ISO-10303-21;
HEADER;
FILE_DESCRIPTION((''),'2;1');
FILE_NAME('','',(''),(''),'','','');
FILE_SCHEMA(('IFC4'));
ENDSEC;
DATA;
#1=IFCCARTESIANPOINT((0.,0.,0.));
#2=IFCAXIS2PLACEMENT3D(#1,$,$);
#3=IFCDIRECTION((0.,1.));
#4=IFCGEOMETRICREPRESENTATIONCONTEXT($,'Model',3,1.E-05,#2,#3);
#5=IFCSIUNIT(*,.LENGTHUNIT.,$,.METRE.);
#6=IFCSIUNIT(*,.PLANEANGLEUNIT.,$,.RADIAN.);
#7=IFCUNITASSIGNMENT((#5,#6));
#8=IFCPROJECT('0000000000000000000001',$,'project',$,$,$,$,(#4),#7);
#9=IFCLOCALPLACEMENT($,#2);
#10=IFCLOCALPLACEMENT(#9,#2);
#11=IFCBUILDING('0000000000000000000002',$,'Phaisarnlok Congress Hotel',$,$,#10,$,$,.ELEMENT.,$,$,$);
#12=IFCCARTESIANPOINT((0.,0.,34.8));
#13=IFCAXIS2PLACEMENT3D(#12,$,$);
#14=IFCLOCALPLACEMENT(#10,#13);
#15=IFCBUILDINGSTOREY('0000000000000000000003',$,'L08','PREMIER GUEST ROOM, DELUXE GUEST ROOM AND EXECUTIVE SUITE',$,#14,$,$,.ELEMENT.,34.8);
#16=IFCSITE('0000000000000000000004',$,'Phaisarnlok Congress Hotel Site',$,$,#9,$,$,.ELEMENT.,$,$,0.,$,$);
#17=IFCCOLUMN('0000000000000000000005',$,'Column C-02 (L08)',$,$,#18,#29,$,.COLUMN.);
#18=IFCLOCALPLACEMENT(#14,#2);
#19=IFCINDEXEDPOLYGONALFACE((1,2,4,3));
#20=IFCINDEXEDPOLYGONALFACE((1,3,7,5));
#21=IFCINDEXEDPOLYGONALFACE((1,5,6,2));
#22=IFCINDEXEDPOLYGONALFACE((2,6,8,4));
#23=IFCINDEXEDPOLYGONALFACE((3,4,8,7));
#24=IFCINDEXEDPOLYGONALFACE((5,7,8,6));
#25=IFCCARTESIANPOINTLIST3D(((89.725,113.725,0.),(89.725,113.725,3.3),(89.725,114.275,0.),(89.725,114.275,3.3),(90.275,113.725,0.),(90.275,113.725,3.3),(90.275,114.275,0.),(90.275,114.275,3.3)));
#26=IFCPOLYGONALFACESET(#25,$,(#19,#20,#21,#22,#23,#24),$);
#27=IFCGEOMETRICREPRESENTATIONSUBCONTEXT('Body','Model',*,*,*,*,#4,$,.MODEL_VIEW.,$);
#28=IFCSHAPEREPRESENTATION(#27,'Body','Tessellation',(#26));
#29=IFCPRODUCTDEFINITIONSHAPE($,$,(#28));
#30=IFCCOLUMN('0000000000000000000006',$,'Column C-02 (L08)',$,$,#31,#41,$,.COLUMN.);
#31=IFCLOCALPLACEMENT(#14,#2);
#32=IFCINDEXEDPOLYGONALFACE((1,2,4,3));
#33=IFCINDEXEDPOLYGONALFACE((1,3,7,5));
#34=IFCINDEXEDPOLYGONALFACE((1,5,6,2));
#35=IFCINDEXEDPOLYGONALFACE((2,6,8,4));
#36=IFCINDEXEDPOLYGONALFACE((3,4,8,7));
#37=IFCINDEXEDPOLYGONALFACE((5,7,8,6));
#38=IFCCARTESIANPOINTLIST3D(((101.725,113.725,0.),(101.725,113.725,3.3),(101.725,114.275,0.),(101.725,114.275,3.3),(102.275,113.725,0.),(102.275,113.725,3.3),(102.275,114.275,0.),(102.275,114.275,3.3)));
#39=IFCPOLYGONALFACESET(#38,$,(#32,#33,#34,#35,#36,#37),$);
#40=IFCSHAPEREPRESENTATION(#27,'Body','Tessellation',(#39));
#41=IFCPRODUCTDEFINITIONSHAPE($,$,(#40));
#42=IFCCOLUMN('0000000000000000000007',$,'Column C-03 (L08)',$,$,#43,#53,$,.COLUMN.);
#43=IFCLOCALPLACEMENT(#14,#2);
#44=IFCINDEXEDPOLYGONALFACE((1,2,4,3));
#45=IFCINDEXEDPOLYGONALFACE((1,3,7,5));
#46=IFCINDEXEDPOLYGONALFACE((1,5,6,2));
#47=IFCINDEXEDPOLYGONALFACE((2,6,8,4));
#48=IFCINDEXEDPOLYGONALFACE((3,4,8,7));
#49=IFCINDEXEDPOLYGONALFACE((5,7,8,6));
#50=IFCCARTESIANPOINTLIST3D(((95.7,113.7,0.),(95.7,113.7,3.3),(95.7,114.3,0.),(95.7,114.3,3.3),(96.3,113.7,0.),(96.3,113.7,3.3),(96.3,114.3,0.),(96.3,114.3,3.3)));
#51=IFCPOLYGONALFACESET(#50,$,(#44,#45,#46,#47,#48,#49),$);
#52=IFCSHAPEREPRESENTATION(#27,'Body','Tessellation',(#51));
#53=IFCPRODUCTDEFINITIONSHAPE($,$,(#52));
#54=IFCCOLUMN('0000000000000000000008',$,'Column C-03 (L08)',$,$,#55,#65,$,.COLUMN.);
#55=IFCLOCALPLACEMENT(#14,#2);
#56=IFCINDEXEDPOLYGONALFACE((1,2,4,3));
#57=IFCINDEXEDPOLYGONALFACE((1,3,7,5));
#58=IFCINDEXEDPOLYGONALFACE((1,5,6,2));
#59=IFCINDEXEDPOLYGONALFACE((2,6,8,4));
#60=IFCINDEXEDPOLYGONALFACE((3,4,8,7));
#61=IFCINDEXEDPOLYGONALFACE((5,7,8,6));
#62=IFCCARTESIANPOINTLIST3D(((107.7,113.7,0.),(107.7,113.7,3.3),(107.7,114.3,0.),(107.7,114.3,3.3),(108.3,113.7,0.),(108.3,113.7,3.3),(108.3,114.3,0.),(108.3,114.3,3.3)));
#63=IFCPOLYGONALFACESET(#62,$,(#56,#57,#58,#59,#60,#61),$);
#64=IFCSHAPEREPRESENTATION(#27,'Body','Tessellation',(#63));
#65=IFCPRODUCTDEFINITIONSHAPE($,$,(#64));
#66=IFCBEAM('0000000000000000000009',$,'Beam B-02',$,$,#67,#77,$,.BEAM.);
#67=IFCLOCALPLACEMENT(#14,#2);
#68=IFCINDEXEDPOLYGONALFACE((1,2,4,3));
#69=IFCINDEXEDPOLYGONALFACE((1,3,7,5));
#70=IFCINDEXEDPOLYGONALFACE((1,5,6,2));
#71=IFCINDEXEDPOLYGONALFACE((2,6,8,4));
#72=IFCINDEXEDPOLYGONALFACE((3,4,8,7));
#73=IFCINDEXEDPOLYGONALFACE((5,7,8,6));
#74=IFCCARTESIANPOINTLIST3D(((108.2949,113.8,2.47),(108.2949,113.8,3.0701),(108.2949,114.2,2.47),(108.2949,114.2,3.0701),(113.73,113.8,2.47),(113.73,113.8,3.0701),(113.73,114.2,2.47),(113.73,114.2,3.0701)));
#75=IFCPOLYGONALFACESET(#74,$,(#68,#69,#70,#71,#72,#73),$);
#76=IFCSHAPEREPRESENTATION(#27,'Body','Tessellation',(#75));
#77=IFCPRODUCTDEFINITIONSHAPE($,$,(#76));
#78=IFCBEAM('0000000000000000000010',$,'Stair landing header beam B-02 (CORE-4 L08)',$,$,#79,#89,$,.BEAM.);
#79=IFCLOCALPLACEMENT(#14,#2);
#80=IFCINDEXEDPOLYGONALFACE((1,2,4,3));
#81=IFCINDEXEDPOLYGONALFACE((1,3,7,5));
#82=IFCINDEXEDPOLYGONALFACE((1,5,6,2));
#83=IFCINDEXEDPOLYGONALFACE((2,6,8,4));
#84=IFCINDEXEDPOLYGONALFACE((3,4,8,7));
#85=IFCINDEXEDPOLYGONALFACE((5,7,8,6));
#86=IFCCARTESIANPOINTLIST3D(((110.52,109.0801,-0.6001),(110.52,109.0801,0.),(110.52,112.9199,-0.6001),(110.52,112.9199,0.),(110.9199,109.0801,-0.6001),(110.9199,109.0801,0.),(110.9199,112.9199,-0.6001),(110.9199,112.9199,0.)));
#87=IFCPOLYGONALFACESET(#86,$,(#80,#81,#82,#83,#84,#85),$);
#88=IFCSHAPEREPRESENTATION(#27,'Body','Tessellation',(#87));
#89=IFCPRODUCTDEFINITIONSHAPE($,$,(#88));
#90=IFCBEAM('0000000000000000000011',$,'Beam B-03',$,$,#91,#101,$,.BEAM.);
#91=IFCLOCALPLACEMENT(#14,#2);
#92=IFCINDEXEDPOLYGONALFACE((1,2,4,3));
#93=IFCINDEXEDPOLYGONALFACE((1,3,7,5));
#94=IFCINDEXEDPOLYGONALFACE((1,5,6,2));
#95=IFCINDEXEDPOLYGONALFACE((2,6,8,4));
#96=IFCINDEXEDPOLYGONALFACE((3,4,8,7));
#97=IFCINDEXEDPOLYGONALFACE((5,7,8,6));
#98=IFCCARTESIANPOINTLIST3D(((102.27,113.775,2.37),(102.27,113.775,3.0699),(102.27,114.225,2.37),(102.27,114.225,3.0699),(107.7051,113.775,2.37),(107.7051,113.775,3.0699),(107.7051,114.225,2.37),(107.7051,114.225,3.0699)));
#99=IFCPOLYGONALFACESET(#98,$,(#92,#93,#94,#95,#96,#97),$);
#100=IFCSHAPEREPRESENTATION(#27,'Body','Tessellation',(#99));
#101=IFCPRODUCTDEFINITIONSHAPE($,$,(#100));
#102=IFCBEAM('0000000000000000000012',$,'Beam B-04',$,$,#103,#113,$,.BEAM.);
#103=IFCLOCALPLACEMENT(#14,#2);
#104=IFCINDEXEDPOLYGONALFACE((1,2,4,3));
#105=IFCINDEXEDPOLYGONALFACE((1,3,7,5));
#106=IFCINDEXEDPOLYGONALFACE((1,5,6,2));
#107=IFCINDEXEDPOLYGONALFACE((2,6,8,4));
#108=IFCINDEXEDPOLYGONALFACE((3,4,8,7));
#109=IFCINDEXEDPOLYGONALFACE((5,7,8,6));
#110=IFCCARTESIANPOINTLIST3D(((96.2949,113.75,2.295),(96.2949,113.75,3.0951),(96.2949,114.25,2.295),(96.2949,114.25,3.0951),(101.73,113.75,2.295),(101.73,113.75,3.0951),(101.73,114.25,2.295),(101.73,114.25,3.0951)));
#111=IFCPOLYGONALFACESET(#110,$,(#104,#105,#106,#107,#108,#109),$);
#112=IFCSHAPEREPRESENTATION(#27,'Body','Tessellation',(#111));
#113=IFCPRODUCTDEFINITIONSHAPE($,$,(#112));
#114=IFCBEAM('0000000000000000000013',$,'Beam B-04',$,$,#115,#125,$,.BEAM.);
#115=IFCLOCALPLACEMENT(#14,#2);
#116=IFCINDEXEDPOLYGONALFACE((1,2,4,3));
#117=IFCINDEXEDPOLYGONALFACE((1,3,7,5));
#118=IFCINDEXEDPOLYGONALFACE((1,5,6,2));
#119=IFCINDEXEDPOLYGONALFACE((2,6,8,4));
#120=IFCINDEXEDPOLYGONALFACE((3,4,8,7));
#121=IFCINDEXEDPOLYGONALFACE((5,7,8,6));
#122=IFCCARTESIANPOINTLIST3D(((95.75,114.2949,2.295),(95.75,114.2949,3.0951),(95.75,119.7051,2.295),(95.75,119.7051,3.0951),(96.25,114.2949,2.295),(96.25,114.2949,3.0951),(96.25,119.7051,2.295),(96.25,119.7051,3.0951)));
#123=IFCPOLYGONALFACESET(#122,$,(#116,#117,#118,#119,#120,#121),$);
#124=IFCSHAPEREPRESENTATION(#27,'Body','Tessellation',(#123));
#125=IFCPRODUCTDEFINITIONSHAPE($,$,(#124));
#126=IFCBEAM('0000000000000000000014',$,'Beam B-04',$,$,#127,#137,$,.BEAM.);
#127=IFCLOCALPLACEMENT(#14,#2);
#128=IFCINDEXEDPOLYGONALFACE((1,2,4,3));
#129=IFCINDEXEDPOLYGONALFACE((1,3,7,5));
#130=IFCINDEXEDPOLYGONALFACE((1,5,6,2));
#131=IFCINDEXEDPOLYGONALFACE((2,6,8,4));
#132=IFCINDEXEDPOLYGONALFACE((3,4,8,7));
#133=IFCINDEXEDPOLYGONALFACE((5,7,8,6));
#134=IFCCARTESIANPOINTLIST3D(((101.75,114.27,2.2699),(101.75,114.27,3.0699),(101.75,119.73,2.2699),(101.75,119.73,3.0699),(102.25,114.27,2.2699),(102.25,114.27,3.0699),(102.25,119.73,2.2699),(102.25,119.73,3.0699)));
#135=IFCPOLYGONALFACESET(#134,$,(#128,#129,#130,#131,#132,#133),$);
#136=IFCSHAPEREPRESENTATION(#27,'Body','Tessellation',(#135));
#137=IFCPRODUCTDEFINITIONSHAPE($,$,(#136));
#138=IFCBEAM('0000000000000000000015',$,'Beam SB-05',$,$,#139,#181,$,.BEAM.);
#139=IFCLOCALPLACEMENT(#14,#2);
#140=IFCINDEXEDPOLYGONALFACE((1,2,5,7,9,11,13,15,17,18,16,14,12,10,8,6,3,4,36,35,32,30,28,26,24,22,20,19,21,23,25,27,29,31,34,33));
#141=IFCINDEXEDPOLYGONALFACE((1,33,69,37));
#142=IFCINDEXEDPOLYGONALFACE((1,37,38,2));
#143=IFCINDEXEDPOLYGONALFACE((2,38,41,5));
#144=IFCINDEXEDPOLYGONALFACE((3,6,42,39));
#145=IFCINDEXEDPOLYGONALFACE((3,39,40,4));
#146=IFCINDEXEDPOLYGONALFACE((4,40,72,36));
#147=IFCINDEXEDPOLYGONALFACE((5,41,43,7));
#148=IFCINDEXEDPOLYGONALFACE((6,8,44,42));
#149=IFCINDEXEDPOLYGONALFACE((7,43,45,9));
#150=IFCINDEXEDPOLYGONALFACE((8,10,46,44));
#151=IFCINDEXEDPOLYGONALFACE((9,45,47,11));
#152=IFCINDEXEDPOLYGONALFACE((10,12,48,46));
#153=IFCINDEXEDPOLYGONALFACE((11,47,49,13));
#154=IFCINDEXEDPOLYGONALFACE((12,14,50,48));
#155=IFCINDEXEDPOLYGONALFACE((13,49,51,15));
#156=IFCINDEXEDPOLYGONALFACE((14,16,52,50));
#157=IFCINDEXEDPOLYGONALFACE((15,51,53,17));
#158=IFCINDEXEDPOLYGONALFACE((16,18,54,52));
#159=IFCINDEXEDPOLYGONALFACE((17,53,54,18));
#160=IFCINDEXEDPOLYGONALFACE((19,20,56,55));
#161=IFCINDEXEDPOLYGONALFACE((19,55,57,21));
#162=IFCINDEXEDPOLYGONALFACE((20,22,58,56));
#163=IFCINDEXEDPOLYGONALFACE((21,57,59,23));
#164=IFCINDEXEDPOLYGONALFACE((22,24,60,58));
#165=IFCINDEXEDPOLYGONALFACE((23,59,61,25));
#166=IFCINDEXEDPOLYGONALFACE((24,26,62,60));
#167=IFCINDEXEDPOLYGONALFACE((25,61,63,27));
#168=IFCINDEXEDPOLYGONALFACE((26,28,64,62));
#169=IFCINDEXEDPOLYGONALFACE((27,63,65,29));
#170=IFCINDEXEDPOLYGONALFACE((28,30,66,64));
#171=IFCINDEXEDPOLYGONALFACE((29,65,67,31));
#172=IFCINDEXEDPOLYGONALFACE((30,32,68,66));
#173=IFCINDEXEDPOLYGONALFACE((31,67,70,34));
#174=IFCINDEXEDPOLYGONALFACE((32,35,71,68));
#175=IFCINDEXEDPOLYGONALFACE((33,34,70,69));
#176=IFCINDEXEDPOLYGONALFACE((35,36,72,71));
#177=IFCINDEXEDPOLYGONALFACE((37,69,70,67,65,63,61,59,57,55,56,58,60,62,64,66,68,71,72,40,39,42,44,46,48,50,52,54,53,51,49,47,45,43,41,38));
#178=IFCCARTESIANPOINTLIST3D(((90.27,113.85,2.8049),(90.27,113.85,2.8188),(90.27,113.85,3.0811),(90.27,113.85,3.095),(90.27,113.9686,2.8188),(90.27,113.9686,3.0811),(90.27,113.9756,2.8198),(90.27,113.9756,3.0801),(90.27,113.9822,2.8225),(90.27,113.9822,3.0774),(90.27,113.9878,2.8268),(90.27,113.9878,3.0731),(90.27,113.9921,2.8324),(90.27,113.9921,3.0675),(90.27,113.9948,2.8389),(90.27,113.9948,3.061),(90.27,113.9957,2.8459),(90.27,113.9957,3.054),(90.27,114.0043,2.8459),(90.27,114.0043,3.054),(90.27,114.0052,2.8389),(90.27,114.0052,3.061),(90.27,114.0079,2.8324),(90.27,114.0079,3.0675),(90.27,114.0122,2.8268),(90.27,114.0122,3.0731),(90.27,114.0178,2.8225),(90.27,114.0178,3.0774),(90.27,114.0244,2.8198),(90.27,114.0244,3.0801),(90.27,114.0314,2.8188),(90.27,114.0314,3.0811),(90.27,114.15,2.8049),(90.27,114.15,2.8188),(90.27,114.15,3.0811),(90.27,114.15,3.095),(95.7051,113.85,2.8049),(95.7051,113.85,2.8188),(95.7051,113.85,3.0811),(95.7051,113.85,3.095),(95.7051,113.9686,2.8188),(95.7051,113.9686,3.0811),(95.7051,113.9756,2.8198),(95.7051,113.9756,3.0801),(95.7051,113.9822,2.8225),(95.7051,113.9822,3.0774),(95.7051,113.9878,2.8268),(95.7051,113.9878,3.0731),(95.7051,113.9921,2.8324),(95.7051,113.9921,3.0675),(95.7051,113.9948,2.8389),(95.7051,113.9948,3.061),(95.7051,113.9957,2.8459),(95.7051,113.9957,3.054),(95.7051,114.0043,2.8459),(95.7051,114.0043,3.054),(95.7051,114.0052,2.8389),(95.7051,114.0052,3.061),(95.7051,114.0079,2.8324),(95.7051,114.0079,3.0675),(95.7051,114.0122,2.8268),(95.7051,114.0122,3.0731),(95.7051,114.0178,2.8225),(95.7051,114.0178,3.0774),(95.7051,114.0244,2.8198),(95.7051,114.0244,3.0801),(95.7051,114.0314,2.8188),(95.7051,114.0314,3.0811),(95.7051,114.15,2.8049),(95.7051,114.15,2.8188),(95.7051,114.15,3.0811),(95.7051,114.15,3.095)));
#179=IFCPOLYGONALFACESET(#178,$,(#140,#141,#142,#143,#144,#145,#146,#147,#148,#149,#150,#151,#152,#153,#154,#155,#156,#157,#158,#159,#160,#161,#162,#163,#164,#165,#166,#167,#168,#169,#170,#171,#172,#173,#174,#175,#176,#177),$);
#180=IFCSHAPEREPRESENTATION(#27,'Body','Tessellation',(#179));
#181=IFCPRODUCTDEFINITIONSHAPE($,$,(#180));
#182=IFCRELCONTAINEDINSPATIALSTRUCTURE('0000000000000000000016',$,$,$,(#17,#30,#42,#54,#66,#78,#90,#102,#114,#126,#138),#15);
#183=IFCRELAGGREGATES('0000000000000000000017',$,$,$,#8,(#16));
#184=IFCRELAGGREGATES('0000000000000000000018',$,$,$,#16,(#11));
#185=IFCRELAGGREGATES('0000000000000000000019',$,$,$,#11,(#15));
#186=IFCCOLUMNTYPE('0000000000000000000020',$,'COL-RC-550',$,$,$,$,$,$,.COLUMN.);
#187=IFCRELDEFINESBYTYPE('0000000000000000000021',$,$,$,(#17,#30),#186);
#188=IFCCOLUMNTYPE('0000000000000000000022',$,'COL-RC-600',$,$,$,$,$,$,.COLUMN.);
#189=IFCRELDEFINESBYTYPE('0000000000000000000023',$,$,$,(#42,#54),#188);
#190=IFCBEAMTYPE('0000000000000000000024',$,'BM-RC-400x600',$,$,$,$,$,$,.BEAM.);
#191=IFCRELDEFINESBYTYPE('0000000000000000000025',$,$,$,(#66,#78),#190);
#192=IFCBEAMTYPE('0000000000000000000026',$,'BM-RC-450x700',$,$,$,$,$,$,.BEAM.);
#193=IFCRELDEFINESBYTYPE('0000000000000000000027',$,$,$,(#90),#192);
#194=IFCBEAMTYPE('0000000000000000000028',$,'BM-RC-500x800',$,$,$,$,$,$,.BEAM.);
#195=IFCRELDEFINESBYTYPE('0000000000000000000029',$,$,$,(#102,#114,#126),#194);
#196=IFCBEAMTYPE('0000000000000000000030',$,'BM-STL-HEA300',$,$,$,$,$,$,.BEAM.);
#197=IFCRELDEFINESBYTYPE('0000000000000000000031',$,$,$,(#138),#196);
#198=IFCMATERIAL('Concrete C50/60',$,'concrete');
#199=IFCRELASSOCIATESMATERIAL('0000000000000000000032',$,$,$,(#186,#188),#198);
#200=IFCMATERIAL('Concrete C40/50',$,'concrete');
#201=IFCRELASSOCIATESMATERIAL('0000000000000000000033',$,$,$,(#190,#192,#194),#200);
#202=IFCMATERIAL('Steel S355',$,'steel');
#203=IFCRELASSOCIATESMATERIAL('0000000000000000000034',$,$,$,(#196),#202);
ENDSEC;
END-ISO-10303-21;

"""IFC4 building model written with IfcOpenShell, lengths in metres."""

from ifc_helpers import new_model, si_unit, direction, frame, origin, origin_2d, place, context, subcontext, project, spatial, rectangle, i_section, extrude, material, material_profile, profile_set, type_object, element, save


model = new_model("IFC4")

# Units and contexts
model_context = context("Model", 3, precision=1e-05, world=origin(), true_north=direction((0.0, 1.0)))
body_context = subcontext(model_context, "Body", "Model", "MODEL_VIEW")
ifc_project = project(units=[si_unit("LENGTHUNIT", "METRE"), si_unit("PLANEANGLEUNIT", "RADIAN")], contexts=[model_context])

# Site, building, storey
site_placement = place(None, origin())
site = spatial("IfcSite", under=ifc_project, at=site_placement, Name="Phaisarnlok Congress Hotel Site", CompositionType="ELEMENT", RefElevation=0.0)
building_placement = place(site_placement, origin())
building = spatial("IfcBuilding", under=site, at=building_placement, Name="Phaisarnlok Congress Hotel", CompositionType="ELEMENT")
storey_placement = place(building_placement, frame((0.0, 0.0, 34.8)))
storey = spatial("IfcBuildingStorey", under=building, at=storey_placement, Name="L08", Description="PREMIER GUEST ROOM, DELUXE GUEST ROOM AND EXECUTIVE SUITE", CompositionType="ELEMENT", Elevation=34.8)

# Columns
ifc_material_1 = material(Name="Concrete C50/60", Category="concrete")
ifc_material_profile_1 = material_profile(ifc_material_1, rectangle(XDim=0.55, YDim=0.55, at=origin_2d()), Name="RC 550x550")
ifc_profile_set_1 = profile_set([ifc_material_profile_1], Name="Concrete C50/60")
column_type_1 = type_object("IfcColumnType", Name="COL-RC-550", PredefinedType="COLUMN", material=ifc_profile_set_1)
for number, where, z_axis, x_axis, name in (
    (1, (90.0, 114.0, 0.0), (0.0, 0.0, 1.0), (1.0, 0.0, 0.0), "Column C-02 (L08)"),
    (2, (102.0, 114.0, 0.0), (0.0, 0.0, 1.0), (1.0, 0.0, 0.0), "Column C-02 (L08)"),
):
    element("IfcColumn", number, at=place(storey_placement, frame(where, z_axis=z_axis, x_axis=x_axis)), inside=storey, type_object=column_type_1, Name=name, PredefinedType="COLUMN", context=body_context, shape_type="SweptSolid", body=[
        extrude(rectangle(XDim=0.55, YDim=0.55, at=origin_2d()), origin(), (0.0, 0.0, 1.0), 3.3),
    ])
ifc_material_profile_2 = material_profile(ifc_material_1, rectangle(XDim=0.6001, YDim=0.6001, at=origin_2d()), Name="RC 600x600")
ifc_profile_set_2 = profile_set([ifc_material_profile_2], Name="Concrete C50/60")
column_type_2 = type_object("IfcColumnType", Name="COL-RC-600", PredefinedType="COLUMN", material=ifc_profile_set_2)
for number, where, z_axis, x_axis, name in (
    (3, (96.0, 114.0, 0.0), (0.0, 0.0, 1.0), (1.0, 0.0, 0.0), "Column C-03 (L08)"),
    (4, (108.0, 114.0, 0.0), (0.0, 0.0, 1.0), (1.0, 0.0, 0.0), "Column C-03 (L08)"),
):
    element("IfcColumn", number, at=place(storey_placement, frame(where, z_axis=z_axis, x_axis=x_axis)), inside=storey, type_object=column_type_2, Name=name, PredefinedType="COLUMN", context=body_context, shape_type="SweptSolid", body=[
        extrude(rectangle(XDim=0.6001, YDim=0.6001, at=origin_2d()), origin(), (0.0, 0.0, 1.0), 3.3),
    ])

# Beams
ifc_material_2 = material(Name="Concrete C40/50", Category="concrete")
ifc_material_profile_3 = material_profile(ifc_material_2, rectangle(XDim=0.3999, YDim=0.6001, at=origin_2d()), Name="RC 400x600")
ifc_profile_set_3 = profile_set([ifc_material_profile_3], Name="Concrete C40/50")
beam_type_1 = type_object("IfcBeamType", Name="BM-RC-400x600", PredefinedType="BEAM", material=ifc_profile_set_3)
beam_1_placement = place(storey_placement, frame((108.2949, 114.0, 2.77), z_axis=(1.0, 0.0, 0.0), x_axis=(0.0, 1.0, 0.0)))
element("IfcBeam", 5, at=beam_1_placement, inside=storey, type_object=beam_type_1, Name="Beam B-02", PredefinedType="BEAM", context=body_context, shape_type="SweptSolid", body=[
    extrude(rectangle(XDim=0.3999, YDim=0.6001, at=origin_2d()), origin(), (0.0, 0.0, 1.0), 5.4351),
])
beam_2_placement = place(storey_placement, frame((110.72, 109.0801, -0.3), z_axis=(0.0, 1.0, 0.0), x_axis=(-1.0, 0.0, 0.0)))
element("IfcBeam", 6, at=beam_2_placement, inside=storey, type_object=beam_type_1, Name="Stair landing header beam B-02 (CORE-4 L08)", PredefinedType="BEAM", context=body_context, shape_type="SweptSolid", body=[
    extrude(rectangle(XDim=0.3999, YDim=0.6001, at=origin_2d()), origin(), (0.0, 0.0, 1.0), 3.8398),
])
ifc_material_profile_4 = material_profile(ifc_material_2, rectangle(XDim=0.45, YDim=0.7, at=origin_2d()), Name="RC 450x700")
ifc_profile_set_4 = profile_set([ifc_material_profile_4], Name="Concrete C40/50")
beam_type_2 = type_object("IfcBeamType", Name="BM-RC-450x700", PredefinedType="BEAM", material=ifc_profile_set_4)
beam_3_placement = place(storey_placement, frame((102.27, 114.0, 2.72), z_axis=(1.0, 0.0, 0.0), x_axis=(0.0, 1.0, 0.0)))
element("IfcBeam", 7, at=beam_3_placement, inside=storey, type_object=beam_type_2, Name="Beam B-03", PredefinedType="BEAM", context=body_context, shape_type="SweptSolid", body=[
    extrude(rectangle(XDim=0.45, YDim=0.7, at=origin_2d()), origin(), (0.0, 0.0, 1.0), 5.4351),
])
ifc_material_profile_5 = material_profile(ifc_material_2, rectangle(XDim=0.5, YDim=0.8, at=origin_2d()), Name="RC 500x800")
ifc_profile_set_5 = profile_set([ifc_material_profile_5], Name="Concrete C40/50")
beam_type_3 = type_object("IfcBeamType", Name="BM-RC-500x800", PredefinedType="BEAM", material=ifc_profile_set_5)
beam_4_placement = place(storey_placement, frame((96.2949, 114.0, 2.6951), z_axis=(1.0, 0.0, 0.0), x_axis=(0.0, 1.0, 0.0)))
element("IfcBeam", 8, at=beam_4_placement, inside=storey, type_object=beam_type_3, Name="Beam B-04", PredefinedType="BEAM", context=body_context, shape_type="SweptSolid", body=[
    extrude(rectangle(XDim=0.5, YDim=0.8, at=origin_2d()), origin(), (0.0, 0.0, 1.0), 5.4351),
])
beam_5_placement = place(storey_placement, frame((96.0, 114.2949, 2.6951), z_axis=(0.0, 1.0, 0.0), x_axis=(-1.0, 0.0, 0.0)))
element("IfcBeam", 9, at=beam_5_placement, inside=storey, type_object=beam_type_3, Name="Beam B-04", PredefinedType="BEAM", context=body_context, shape_type="SweptSolid", body=[
    extrude(rectangle(XDim=0.5, YDim=0.8, at=origin_2d()), origin(), (0.0, 0.0, 1.0), 5.4102),
])
beam_6_placement = place(storey_placement, frame((102.0, 114.27, 2.6699), z_axis=(0.0, 1.0, 0.0), x_axis=(-1.0, 0.0, 0.0)))
element("IfcBeam", 10, at=beam_6_placement, inside=storey, type_object=beam_type_3, Name="Beam B-04", PredefinedType="BEAM", context=body_context, shape_type="SweptSolid", body=[
    extrude(rectangle(XDim=0.5, YDim=0.8, at=origin_2d()), origin(), (0.0, 0.0, 1.0), 5.46),
])
ifc_material_3 = material(Name="Steel S355", Category="steel")
ifc_material_profile_6 = material_profile(ifc_material_3, i_section(OverallWidth=0.3, OverallDepth=0.29, WebThickness=0.0085, FlangeThickness=0.0139, FilletRadius=0.0271, at=origin_2d()), Name="HEA 300")
ifc_profile_set_6 = profile_set([ifc_material_profile_6], Name="Steel S355")
beam_type_4 = type_object("IfcBeamType", Name="BM-STL-HEA300", PredefinedType="BEAM", material=ifc_profile_set_6)
beam_7_placement = place(storey_placement, frame((90.27, 114.0, 2.95), z_axis=(1.0, 0.0, 0.0), x_axis=(0.0, 1.0, 0.0)))
element("IfcBeam", 11, at=beam_7_placement, inside=storey, type_object=beam_type_4, Name="Beam SB-05", PredefinedType="BEAM", context=body_context, shape_type="SweptSolid", body=[
    extrude(i_section(OverallWidth=0.3, OverallDepth=0.29, WebThickness=0.0085, FlangeThickness=0.0139, FilletRadius=0.0271, at=origin_2d()), origin(), (0.0, 0.0, 1.0), 5.4351),
])

save(model, "model.ifc")
